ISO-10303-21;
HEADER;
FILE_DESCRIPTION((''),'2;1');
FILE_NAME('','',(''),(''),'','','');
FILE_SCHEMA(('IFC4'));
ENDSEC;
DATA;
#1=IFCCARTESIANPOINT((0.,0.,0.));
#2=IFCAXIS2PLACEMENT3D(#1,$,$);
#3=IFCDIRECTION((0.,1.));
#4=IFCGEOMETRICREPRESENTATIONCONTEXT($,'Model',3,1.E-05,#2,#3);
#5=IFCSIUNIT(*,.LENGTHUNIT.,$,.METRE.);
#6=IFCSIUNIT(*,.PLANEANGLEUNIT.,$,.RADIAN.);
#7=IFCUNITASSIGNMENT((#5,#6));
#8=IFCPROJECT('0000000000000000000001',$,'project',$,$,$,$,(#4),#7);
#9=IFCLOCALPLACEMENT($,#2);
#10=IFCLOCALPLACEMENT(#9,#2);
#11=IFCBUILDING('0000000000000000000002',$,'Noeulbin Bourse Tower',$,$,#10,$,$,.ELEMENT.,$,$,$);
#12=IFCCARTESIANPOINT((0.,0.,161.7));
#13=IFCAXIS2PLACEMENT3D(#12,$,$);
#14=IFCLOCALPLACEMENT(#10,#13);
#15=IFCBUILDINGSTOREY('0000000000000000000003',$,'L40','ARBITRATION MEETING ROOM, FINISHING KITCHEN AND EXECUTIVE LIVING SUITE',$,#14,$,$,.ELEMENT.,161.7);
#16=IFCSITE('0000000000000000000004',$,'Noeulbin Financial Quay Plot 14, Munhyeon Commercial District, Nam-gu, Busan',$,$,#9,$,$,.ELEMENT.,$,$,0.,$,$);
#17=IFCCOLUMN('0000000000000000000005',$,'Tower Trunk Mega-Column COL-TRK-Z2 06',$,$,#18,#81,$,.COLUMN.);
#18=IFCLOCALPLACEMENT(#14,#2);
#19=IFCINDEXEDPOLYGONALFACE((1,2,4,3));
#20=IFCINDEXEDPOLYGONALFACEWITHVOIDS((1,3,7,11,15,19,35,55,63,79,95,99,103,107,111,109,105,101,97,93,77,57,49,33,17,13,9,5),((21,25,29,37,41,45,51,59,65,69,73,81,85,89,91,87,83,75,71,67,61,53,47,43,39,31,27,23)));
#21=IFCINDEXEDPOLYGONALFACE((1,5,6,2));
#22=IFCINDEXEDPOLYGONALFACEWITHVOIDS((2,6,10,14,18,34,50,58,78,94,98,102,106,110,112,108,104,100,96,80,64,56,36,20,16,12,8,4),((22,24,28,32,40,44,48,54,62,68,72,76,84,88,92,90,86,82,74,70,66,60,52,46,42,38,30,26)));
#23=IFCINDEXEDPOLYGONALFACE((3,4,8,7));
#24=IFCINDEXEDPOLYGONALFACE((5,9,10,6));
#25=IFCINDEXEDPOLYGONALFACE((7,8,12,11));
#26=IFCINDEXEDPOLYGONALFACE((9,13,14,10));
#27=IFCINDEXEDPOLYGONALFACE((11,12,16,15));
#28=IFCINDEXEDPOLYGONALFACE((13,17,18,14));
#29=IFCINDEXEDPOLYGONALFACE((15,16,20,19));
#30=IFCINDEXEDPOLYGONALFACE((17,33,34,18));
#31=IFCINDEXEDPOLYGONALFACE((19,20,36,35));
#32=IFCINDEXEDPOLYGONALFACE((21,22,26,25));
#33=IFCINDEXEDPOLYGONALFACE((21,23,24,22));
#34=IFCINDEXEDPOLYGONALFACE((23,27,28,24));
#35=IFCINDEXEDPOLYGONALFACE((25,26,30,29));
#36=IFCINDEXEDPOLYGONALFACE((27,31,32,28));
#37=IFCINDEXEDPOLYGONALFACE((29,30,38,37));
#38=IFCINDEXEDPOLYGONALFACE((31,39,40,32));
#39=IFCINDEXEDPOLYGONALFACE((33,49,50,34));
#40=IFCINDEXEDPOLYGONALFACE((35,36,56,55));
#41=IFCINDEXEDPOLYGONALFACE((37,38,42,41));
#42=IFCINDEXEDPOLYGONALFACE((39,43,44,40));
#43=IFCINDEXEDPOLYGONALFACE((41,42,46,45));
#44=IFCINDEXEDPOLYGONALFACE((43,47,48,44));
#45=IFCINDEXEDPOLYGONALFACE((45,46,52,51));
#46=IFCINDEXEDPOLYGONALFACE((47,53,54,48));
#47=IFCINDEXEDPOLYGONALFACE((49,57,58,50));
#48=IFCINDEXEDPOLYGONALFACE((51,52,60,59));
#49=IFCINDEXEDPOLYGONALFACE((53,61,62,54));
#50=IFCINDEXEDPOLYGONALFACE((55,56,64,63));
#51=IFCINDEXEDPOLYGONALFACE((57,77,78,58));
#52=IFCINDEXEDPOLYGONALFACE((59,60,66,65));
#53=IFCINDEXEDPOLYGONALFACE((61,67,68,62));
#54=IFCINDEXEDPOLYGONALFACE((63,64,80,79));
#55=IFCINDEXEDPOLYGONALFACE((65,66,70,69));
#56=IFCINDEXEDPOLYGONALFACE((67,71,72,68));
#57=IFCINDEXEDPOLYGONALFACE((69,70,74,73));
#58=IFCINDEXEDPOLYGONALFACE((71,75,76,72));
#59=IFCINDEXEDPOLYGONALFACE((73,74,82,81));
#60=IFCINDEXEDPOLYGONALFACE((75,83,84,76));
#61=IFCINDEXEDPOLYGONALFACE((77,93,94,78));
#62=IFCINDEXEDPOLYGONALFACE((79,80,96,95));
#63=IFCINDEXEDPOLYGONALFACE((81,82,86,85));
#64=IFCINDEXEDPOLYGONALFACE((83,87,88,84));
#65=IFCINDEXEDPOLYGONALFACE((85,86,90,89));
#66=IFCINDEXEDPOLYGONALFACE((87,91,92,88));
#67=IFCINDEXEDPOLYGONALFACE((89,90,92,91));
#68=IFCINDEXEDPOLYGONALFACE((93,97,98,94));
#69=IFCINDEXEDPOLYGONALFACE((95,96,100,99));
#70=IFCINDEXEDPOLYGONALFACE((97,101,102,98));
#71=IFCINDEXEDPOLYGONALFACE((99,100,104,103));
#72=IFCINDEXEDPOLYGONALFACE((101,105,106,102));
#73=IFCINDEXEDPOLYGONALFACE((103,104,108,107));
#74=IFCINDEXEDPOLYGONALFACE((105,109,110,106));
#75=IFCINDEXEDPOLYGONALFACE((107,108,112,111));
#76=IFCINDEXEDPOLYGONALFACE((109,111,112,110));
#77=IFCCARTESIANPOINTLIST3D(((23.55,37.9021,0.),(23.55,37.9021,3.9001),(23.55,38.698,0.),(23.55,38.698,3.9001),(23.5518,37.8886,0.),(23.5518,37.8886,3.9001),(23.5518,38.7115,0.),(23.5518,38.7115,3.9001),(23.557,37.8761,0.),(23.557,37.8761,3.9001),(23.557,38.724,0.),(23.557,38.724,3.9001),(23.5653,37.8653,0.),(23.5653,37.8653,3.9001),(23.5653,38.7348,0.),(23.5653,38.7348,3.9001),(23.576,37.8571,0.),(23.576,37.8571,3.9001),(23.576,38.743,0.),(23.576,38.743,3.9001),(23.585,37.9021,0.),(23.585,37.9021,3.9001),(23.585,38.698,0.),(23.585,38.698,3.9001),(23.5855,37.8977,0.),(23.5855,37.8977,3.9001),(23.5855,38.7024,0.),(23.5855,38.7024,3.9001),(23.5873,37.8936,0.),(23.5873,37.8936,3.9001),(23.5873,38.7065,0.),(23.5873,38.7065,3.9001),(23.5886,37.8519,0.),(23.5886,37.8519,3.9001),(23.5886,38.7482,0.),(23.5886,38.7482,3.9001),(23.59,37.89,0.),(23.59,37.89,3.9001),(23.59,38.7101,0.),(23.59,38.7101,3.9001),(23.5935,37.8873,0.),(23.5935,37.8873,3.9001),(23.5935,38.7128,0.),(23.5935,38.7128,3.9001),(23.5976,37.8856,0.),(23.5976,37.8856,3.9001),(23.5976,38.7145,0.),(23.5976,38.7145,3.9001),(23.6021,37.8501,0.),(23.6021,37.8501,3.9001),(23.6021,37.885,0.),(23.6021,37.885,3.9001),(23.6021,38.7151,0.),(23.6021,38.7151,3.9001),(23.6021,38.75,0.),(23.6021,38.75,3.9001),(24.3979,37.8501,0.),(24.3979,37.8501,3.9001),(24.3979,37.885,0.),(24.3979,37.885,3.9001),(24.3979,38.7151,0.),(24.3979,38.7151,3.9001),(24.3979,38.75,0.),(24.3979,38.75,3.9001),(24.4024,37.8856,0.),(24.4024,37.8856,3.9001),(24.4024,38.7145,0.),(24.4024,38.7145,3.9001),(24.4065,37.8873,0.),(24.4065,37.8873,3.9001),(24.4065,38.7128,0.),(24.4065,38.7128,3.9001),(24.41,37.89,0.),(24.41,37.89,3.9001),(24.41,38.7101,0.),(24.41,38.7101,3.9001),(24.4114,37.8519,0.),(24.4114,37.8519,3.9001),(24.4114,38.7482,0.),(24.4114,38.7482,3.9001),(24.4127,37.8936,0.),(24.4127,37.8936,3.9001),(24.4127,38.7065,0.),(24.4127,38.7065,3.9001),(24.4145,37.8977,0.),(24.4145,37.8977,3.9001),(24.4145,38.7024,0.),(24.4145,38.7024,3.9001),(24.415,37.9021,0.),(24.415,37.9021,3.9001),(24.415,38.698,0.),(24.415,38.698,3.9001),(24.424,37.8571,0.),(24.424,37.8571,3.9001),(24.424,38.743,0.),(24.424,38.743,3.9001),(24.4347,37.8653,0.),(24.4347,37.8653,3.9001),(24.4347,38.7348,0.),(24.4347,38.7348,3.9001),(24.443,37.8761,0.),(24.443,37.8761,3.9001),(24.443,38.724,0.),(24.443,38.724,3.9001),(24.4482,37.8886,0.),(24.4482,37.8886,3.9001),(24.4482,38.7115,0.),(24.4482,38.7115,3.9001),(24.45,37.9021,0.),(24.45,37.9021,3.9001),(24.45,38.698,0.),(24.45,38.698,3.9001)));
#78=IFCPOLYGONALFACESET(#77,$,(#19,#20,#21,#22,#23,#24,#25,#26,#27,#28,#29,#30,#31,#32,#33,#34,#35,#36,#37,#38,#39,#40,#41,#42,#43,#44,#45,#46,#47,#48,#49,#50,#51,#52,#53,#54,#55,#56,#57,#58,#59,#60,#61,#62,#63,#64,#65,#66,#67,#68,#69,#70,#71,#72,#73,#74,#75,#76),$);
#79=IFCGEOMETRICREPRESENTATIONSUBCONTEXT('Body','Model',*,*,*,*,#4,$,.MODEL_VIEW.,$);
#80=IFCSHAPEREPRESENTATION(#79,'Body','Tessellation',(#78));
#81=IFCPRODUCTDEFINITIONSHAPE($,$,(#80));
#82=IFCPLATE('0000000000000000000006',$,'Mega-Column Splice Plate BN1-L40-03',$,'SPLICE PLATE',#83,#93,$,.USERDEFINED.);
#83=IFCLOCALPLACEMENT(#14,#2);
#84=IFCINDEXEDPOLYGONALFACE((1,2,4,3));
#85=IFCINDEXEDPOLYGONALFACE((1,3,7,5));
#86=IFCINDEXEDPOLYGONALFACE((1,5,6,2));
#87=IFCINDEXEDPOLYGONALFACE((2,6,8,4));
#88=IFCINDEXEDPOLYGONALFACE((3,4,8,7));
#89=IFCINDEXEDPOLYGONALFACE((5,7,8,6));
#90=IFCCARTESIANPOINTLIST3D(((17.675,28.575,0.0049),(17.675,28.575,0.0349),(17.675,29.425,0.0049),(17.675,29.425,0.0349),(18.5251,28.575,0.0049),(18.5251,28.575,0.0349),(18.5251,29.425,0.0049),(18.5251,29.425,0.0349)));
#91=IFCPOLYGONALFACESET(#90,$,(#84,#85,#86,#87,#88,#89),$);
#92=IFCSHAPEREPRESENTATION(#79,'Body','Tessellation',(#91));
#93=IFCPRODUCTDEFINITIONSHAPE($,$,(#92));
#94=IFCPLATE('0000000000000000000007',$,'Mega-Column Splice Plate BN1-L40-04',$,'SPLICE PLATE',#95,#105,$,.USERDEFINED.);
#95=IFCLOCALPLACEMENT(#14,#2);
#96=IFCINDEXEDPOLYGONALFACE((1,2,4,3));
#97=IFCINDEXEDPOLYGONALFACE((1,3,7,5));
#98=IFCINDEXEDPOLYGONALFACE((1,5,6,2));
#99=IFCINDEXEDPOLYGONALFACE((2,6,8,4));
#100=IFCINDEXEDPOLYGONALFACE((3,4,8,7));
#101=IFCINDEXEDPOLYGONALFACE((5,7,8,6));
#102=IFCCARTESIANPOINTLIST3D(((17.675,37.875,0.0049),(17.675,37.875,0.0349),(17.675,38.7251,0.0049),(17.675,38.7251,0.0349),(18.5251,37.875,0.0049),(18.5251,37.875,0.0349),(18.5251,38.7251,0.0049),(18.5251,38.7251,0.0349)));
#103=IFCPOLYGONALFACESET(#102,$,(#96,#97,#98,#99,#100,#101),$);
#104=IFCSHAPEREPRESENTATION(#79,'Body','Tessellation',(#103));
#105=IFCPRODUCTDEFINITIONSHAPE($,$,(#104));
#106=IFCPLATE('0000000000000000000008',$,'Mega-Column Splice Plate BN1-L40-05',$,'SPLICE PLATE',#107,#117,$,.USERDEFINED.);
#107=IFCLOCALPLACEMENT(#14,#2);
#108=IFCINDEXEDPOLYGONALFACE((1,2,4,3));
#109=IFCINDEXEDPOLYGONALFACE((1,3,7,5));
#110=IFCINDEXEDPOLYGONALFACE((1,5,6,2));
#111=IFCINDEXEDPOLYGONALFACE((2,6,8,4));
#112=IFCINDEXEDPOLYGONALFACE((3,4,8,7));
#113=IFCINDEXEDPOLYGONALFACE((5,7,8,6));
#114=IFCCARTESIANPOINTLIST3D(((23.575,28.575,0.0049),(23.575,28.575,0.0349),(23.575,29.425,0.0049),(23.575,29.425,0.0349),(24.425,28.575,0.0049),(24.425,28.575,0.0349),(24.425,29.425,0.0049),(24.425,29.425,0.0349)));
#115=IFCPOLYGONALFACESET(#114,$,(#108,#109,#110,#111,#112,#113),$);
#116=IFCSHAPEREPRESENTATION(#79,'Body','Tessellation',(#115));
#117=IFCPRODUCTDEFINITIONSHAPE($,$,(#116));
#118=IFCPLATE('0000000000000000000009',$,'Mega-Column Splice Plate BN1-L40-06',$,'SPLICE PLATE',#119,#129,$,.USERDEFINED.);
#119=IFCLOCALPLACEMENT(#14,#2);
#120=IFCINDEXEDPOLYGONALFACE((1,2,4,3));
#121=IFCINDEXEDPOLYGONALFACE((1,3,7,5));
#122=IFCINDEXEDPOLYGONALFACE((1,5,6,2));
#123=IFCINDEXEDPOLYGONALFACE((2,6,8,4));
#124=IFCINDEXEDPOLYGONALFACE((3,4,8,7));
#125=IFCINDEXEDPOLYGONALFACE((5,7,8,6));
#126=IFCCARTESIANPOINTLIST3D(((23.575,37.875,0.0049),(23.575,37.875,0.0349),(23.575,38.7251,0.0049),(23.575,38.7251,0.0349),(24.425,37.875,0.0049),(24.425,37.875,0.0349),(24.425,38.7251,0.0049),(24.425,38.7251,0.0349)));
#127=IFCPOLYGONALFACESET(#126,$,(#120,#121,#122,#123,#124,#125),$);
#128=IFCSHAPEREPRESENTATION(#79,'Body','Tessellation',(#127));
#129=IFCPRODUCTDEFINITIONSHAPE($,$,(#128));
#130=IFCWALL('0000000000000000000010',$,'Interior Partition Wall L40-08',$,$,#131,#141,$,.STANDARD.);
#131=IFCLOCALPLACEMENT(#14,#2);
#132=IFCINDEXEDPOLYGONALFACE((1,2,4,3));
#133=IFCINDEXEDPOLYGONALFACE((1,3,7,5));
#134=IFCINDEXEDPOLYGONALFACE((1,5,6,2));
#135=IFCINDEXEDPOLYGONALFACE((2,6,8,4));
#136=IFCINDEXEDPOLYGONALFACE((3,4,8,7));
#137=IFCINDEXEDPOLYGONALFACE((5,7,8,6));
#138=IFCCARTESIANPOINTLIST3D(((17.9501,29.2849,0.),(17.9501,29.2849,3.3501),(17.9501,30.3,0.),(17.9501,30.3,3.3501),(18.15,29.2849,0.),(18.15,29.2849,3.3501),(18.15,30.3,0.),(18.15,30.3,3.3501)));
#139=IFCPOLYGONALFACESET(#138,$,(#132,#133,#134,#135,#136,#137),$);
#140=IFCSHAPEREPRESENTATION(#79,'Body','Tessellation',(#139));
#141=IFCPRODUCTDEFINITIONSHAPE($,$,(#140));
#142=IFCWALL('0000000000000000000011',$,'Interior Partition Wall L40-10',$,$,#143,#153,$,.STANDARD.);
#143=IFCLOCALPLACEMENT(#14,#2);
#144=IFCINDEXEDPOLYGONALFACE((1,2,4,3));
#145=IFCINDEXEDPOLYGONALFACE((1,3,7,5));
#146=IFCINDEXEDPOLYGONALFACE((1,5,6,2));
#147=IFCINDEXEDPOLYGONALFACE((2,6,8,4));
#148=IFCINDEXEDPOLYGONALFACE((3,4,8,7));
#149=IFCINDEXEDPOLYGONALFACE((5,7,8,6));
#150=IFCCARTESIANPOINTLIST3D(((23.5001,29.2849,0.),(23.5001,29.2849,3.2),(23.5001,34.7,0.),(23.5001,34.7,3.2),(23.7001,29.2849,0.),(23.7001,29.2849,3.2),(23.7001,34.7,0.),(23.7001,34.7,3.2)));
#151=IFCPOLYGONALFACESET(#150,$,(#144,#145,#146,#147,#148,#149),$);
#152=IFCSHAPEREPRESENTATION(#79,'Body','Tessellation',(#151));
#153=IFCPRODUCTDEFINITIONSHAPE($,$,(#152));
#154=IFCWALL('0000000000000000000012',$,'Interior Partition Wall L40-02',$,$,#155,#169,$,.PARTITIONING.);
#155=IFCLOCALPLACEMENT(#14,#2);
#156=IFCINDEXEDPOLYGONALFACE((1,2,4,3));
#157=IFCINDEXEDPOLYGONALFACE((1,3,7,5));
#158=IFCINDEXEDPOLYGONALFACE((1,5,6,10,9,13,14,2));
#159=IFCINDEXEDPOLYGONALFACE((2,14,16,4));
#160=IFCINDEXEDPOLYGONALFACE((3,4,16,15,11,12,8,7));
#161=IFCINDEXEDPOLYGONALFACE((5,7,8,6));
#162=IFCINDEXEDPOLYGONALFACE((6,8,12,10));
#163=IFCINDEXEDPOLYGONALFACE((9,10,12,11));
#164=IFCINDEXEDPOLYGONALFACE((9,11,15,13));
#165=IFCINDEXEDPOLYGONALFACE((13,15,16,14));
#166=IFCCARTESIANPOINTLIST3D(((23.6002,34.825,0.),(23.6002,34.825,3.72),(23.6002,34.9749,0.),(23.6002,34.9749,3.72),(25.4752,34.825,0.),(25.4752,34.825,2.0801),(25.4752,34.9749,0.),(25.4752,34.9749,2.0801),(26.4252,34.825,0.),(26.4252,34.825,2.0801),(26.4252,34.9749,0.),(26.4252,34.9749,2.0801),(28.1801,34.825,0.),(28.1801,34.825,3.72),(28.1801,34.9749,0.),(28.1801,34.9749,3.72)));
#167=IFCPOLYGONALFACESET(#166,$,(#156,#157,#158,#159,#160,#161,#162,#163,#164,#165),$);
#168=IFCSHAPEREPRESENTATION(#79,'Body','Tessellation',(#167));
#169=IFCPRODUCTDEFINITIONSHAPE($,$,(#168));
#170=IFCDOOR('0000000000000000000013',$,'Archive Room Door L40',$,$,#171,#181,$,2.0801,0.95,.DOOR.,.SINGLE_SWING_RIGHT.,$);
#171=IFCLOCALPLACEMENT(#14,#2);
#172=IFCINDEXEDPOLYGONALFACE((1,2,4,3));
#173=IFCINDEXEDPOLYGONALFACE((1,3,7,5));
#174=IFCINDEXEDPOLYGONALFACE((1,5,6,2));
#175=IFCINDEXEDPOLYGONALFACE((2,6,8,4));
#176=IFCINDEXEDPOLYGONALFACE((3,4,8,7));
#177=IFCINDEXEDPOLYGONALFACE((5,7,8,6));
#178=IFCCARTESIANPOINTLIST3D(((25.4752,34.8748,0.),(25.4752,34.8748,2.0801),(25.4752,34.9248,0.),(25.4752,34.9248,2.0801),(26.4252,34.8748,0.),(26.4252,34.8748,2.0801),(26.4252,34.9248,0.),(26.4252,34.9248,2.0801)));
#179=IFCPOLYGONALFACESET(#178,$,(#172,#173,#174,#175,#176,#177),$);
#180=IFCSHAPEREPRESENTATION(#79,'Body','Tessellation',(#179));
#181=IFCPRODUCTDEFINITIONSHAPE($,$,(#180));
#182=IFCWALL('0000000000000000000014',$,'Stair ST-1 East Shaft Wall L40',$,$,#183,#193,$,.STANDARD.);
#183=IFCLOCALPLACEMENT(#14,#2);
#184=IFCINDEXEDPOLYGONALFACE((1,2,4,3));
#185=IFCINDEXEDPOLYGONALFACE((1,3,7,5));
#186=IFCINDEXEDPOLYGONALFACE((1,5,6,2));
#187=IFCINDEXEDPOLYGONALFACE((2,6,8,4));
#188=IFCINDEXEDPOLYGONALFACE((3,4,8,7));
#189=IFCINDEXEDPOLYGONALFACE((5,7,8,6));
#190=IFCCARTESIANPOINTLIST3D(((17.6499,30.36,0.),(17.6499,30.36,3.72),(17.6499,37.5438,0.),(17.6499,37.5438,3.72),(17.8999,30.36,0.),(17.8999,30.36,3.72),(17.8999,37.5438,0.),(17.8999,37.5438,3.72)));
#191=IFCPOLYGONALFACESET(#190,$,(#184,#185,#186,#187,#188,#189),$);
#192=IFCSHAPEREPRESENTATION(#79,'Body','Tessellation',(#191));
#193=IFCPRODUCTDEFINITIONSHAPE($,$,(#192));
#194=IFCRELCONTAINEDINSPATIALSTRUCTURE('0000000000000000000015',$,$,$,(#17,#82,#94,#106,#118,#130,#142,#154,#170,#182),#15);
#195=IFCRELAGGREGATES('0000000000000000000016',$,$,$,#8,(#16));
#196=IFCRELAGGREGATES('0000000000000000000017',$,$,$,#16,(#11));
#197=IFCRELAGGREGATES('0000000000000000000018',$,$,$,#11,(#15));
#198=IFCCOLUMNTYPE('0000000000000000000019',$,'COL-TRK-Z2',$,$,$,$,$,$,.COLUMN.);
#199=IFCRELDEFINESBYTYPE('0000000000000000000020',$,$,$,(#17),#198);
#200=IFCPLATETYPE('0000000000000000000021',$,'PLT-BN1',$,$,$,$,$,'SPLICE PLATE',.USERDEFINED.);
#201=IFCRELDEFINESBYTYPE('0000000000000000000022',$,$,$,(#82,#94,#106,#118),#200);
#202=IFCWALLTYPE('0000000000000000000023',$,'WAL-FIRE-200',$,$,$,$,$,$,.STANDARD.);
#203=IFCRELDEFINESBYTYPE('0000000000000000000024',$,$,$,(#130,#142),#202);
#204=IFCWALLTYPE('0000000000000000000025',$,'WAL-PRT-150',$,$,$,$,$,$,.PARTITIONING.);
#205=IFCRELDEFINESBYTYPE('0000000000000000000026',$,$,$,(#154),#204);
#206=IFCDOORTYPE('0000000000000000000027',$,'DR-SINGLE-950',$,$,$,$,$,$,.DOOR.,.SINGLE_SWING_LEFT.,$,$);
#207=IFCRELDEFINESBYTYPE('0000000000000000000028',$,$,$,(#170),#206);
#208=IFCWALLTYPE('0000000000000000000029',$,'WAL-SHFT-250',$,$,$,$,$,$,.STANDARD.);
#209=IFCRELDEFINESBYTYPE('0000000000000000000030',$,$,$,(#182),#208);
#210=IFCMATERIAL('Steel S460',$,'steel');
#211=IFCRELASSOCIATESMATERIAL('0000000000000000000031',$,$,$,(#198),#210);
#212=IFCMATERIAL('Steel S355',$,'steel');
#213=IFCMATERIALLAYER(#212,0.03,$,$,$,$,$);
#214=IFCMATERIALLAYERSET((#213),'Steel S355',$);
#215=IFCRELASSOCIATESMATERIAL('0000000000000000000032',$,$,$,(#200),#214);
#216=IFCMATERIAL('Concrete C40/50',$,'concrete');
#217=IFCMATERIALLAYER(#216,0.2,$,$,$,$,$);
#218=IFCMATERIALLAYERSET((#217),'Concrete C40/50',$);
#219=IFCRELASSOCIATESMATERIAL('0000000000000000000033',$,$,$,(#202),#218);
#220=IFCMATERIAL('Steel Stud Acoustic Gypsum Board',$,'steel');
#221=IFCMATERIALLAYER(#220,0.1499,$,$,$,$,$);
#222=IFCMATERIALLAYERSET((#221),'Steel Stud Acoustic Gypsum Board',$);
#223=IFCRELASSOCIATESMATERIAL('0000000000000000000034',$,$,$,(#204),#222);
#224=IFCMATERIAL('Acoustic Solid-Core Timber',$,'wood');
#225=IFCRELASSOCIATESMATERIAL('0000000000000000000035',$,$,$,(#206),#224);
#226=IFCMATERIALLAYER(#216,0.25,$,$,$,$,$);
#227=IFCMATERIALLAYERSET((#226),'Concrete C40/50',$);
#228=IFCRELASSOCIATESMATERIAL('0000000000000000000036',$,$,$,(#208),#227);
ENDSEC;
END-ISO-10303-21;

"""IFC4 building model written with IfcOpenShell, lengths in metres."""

from ifc_helpers import new_model, si_unit, direction, frame, frame_2d, origin, origin_2d, place, context, subcontext, project, spatial, rectangle, hollow_rectangle, extrude, material, layer, layer_set, material_profile, profile_set, type_object, element, fill, save


model = new_model("IFC4")

# Units and contexts
model_context = context("Model", 3, precision=1e-05, world=origin(), true_north=direction((0.0, 1.0)))
body_context = subcontext(model_context, "Body", "Model", "MODEL_VIEW")
ifc_project = project(units=[si_unit("LENGTHUNIT", "METRE"), si_unit("PLANEANGLEUNIT", "RADIAN")], contexts=[model_context])

# Site, building, storey
site_placement = place(None, origin())
site = spatial("IfcSite", under=ifc_project, at=site_placement, Name="Noeulbin Financial Quay Plot 14, Munhyeon Commercial District, Nam-gu, Busan", CompositionType="ELEMENT", RefElevation=0.0)
building_placement = place(site_placement, origin())
building = spatial("IfcBuilding", under=site, at=building_placement, Name="Noeulbin Bourse Tower", CompositionType="ELEMENT")
storey_placement = place(building_placement, frame((0.0, 0.0, 161.7)))
storey = spatial("IfcBuildingStorey", under=building, at=storey_placement, Name="L40", Description="ARBITRATION MEETING ROOM, FINISHING KITCHEN AND EXECUTIVE LIVING SUITE", CompositionType="ELEMENT", Elevation=161.7)

# Column
ifc_material_1 = material(Name="Steel S460", Category="steel")
ifc_material_profile = material_profile(ifc_material_1, hollow_rectangle(XDim=0.8999, YDim=0.8999, WallThickness=0.0349, InnerFilletRadius=0.0171, OuterFilletRadius=0.052, at=origin_2d()), Name="BOX-900x900x35", Category="LoadBearing")
ifc_profile_set = profile_set([ifc_material_profile], Name="Steel S460")
column_type = type_object("IfcColumnType", Name="COL-TRK-Z2", PredefinedType="COLUMN", material=ifc_profile_set)
for number, where, z_axis, x_axis, name in (
    (1, (24.0, 38.3, 0.0), (0.0, 0.0, 1.0), (1.0, 0.0, 0.0), "Tower Trunk Mega-Column COL-TRK-Z2 06"),
):
    element("IfcColumn", number, at=place(storey_placement, frame(where, z_axis=z_axis, x_axis=x_axis)), inside=storey, type_object=column_type, Name=name, PredefinedType="COLUMN", context=body_context, shape_type="SweptSolid", body=[
        extrude(hollow_rectangle(XDim=0.8999, YDim=0.8999, WallThickness=0.0349, InnerFilletRadius=0.0171, OuterFilletRadius=0.052, at=origin_2d()), origin(), (0.0, 0.0, 1.0), 3.9001),
    ])

# Plates
ifc_material_2 = material(Name="Steel S355", Category="steel")
ifc_layer_1 = layer(ifc_material_2, 0.03)
ifc_layer_set_1 = layer_set([ifc_layer_1], Name="Steel S355")
plate_type = type_object("IfcPlateType", Name="PLT-BN1", ElementType="SPLICE PLATE", PredefinedType="USERDEFINED", material=ifc_layer_set_1)
for number, where, z_axis, x_axis, name in (
    (2, (18.1001, 29.0, 0.0049), (0.0, 0.0, 1.0), (1.0, 0.0, 0.0), "Mega-Column Splice Plate BN1-L40-03"),
    (3, (18.1001, 38.3, 0.0049), (0.0, 0.0, 1.0), (1.0, 0.0, 0.0), "Mega-Column Splice Plate BN1-L40-04"),
    (4, (24.0, 29.0, 0.0049), (0.0, 0.0, 1.0), (1.0, 0.0, 0.0), "Mega-Column Splice Plate BN1-L40-05"),
    (5, (24.0, 38.3, 0.0049), (0.0, 0.0, 1.0), (1.0, 0.0, 0.0), "Mega-Column Splice Plate BN1-L40-06"),
):
    element("IfcPlate", number, at=place(storey_placement, frame(where, z_axis=z_axis, x_axis=x_axis)), inside=storey, type_object=plate_type, Name=name, ObjectType="SPLICE PLATE", PredefinedType="USERDEFINED", context=body_context, shape_type="SweptSolid", body=[
        extrude(rectangle(XDim=0.8501, YDim=0.8501, at=origin_2d()), origin(), (0.0, 0.0, 1.0), 0.03),
    ])

# Walls
ifc_material_3 = material(Name="Concrete C40/50", Category="concrete")
ifc_layer_2 = layer(ifc_material_3, 0.2)
ifc_layer_set_2 = layer_set([ifc_layer_2], Name="Concrete C40/50")
wall_type_1 = type_object("IfcWallType", Name="WAL-FIRE-200", PredefinedType="STANDARD", material=ifc_layer_set_2)
wall_1_placement = place(storey_placement, frame((18.05, 29.2849, 0.0), z_axis=(0.0, 0.0, 1.0), x_axis=(0.0, 1.0, 0.0)))
element("IfcWall", 6, at=wall_1_placement, inside=storey, type_object=wall_type_1, Name="Interior Partition Wall L40-08", PredefinedType="STANDARD", context=body_context, shape_type="SweptSolid", body=[
    extrude(rectangle(XDim=1.0151, YDim=0.2, at=frame_2d((0.5076, 0.0))), origin(), (0.0, 0.0, 1.0), 3.3501),
])
wall_2_placement = place(storey_placement, frame((23.6001, 29.2849, 0.0), z_axis=(0.0, 0.0, 1.0), x_axis=(0.0, 1.0, 0.0)))
element("IfcWall", 7, at=wall_2_placement, inside=storey, type_object=wall_type_1, Name="Interior Partition Wall L40-10", PredefinedType="STANDARD", context=body_context, shape_type="SweptSolid", body=[
    extrude(rectangle(XDim=5.415, YDim=0.2, at=frame_2d((2.7075, 0.0))), origin(), (0.0, 0.0, 1.0), 3.2),
])

# Wall, opening, door
ifc_material_4 = material(Name="Steel Stud Acoustic Gypsum Board", Category="steel")
ifc_layer_3 = layer(ifc_material_4, 0.1499)
ifc_layer_set_3 = layer_set([ifc_layer_3], Name="Steel Stud Acoustic Gypsum Board")
wall_type_2 = type_object("IfcWallType", Name="WAL-PRT-150", PredefinedType="PARTITIONING", material=ifc_layer_set_3)
wall_3_placement = place(storey_placement, frame((23.6001, 34.8999, 0.0), z_axis=(0.0, 0.0, 1.0), x_axis=(1.0, 0.0, 0.0)))
wall_3 = element("IfcWall", 8, at=wall_3_placement, inside=storey, type_object=wall_type_2, Name="Interior Partition Wall L40-02", PredefinedType="PARTITIONING", context=body_context, shape_type="SweptSolid", body=[
    extrude(rectangle(XDim=4.5798, YDim=0.1499, at=frame_2d((2.29, 0.0))), origin(), (0.0, 0.0, 1.0), 3.72),
])
opening_1_placement = place(wall_3_placement, frame((1.875, 0.0, 0.0)))
opening_1 = element("IfcOpeningElement", 9, at=opening_1_placement, cuts=wall_3, PredefinedType="OPENING", context=body_context, shape_type="SweptSolid", body=[
    extrude(rectangle(XDim=0.95, YDim=2.0801, at=frame_2d((0.4751, 1.04))), frame((0.0, 0.085, 0.0), z_axis=(0.0, -1.0, 0.0), x_axis=(1.0, 0.0, 0.0)), (0.0, 0.0, 1.0), 0.1699),
])
ifc_material_5 = material(Name="Acoustic Solid-Core Timber", Category="wood")
door_type_1 = type_object("IfcDoorType", Name="DR-SINGLE-950", OperationType="SINGLE_SWING_LEFT", PredefinedType="DOOR", material=ifc_material_5)
door_1_placement = place(opening_1_placement, origin())
door_1 = element("IfcDoor", 10, at=door_1_placement, inside=storey, type_object=door_type_1, Name="Archive Room Door L40", OperationType="SINGLE_SWING_RIGHT", OverallHeight=2.0801, OverallWidth=0.95, PredefinedType="DOOR", context=body_context, shape_type="SweptSolid", body=[
    extrude(rectangle(XDim=0.95, YDim=2.0801, at=frame_2d((0.4751, 1.04))), frame((0.0, 0.0249, 0.0), z_axis=(0.0, -1.0, 0.0), x_axis=(1.0, 0.0, 0.0)), (0.0, 0.0, 1.0), 0.05),
])
fill(opening_1, door_1)

# Wall
ifc_layer_4 = layer(ifc_material_3, 0.25)
ifc_layer_set_4 = layer_set([ifc_layer_4], Name="Concrete C40/50")
wall_type_3 = type_object("IfcWallType", Name="WAL-SHFT-250", PredefinedType="STANDARD", material=ifc_layer_set_4)
wall_4_placement = place(storey_placement, frame((17.7749, 30.3601, 0.0), z_axis=(0.0, 0.0, 1.0), x_axis=(0.0, 1.0, 0.0)))
element("IfcWall", 11, at=wall_4_placement, inside=storey, type_object=wall_type_3, Name="Stair ST-1 East Shaft Wall L40", PredefinedType="STANDARD", context=body_context, shape_type="SweptSolid", body=[
    extrude(rectangle(XDim=7.1838, YDim=0.25, at=frame_2d((3.5918, 0.0))), origin(), (0.0, 0.0, 1.0), 3.72),
])

save(model, "model.ifc")
